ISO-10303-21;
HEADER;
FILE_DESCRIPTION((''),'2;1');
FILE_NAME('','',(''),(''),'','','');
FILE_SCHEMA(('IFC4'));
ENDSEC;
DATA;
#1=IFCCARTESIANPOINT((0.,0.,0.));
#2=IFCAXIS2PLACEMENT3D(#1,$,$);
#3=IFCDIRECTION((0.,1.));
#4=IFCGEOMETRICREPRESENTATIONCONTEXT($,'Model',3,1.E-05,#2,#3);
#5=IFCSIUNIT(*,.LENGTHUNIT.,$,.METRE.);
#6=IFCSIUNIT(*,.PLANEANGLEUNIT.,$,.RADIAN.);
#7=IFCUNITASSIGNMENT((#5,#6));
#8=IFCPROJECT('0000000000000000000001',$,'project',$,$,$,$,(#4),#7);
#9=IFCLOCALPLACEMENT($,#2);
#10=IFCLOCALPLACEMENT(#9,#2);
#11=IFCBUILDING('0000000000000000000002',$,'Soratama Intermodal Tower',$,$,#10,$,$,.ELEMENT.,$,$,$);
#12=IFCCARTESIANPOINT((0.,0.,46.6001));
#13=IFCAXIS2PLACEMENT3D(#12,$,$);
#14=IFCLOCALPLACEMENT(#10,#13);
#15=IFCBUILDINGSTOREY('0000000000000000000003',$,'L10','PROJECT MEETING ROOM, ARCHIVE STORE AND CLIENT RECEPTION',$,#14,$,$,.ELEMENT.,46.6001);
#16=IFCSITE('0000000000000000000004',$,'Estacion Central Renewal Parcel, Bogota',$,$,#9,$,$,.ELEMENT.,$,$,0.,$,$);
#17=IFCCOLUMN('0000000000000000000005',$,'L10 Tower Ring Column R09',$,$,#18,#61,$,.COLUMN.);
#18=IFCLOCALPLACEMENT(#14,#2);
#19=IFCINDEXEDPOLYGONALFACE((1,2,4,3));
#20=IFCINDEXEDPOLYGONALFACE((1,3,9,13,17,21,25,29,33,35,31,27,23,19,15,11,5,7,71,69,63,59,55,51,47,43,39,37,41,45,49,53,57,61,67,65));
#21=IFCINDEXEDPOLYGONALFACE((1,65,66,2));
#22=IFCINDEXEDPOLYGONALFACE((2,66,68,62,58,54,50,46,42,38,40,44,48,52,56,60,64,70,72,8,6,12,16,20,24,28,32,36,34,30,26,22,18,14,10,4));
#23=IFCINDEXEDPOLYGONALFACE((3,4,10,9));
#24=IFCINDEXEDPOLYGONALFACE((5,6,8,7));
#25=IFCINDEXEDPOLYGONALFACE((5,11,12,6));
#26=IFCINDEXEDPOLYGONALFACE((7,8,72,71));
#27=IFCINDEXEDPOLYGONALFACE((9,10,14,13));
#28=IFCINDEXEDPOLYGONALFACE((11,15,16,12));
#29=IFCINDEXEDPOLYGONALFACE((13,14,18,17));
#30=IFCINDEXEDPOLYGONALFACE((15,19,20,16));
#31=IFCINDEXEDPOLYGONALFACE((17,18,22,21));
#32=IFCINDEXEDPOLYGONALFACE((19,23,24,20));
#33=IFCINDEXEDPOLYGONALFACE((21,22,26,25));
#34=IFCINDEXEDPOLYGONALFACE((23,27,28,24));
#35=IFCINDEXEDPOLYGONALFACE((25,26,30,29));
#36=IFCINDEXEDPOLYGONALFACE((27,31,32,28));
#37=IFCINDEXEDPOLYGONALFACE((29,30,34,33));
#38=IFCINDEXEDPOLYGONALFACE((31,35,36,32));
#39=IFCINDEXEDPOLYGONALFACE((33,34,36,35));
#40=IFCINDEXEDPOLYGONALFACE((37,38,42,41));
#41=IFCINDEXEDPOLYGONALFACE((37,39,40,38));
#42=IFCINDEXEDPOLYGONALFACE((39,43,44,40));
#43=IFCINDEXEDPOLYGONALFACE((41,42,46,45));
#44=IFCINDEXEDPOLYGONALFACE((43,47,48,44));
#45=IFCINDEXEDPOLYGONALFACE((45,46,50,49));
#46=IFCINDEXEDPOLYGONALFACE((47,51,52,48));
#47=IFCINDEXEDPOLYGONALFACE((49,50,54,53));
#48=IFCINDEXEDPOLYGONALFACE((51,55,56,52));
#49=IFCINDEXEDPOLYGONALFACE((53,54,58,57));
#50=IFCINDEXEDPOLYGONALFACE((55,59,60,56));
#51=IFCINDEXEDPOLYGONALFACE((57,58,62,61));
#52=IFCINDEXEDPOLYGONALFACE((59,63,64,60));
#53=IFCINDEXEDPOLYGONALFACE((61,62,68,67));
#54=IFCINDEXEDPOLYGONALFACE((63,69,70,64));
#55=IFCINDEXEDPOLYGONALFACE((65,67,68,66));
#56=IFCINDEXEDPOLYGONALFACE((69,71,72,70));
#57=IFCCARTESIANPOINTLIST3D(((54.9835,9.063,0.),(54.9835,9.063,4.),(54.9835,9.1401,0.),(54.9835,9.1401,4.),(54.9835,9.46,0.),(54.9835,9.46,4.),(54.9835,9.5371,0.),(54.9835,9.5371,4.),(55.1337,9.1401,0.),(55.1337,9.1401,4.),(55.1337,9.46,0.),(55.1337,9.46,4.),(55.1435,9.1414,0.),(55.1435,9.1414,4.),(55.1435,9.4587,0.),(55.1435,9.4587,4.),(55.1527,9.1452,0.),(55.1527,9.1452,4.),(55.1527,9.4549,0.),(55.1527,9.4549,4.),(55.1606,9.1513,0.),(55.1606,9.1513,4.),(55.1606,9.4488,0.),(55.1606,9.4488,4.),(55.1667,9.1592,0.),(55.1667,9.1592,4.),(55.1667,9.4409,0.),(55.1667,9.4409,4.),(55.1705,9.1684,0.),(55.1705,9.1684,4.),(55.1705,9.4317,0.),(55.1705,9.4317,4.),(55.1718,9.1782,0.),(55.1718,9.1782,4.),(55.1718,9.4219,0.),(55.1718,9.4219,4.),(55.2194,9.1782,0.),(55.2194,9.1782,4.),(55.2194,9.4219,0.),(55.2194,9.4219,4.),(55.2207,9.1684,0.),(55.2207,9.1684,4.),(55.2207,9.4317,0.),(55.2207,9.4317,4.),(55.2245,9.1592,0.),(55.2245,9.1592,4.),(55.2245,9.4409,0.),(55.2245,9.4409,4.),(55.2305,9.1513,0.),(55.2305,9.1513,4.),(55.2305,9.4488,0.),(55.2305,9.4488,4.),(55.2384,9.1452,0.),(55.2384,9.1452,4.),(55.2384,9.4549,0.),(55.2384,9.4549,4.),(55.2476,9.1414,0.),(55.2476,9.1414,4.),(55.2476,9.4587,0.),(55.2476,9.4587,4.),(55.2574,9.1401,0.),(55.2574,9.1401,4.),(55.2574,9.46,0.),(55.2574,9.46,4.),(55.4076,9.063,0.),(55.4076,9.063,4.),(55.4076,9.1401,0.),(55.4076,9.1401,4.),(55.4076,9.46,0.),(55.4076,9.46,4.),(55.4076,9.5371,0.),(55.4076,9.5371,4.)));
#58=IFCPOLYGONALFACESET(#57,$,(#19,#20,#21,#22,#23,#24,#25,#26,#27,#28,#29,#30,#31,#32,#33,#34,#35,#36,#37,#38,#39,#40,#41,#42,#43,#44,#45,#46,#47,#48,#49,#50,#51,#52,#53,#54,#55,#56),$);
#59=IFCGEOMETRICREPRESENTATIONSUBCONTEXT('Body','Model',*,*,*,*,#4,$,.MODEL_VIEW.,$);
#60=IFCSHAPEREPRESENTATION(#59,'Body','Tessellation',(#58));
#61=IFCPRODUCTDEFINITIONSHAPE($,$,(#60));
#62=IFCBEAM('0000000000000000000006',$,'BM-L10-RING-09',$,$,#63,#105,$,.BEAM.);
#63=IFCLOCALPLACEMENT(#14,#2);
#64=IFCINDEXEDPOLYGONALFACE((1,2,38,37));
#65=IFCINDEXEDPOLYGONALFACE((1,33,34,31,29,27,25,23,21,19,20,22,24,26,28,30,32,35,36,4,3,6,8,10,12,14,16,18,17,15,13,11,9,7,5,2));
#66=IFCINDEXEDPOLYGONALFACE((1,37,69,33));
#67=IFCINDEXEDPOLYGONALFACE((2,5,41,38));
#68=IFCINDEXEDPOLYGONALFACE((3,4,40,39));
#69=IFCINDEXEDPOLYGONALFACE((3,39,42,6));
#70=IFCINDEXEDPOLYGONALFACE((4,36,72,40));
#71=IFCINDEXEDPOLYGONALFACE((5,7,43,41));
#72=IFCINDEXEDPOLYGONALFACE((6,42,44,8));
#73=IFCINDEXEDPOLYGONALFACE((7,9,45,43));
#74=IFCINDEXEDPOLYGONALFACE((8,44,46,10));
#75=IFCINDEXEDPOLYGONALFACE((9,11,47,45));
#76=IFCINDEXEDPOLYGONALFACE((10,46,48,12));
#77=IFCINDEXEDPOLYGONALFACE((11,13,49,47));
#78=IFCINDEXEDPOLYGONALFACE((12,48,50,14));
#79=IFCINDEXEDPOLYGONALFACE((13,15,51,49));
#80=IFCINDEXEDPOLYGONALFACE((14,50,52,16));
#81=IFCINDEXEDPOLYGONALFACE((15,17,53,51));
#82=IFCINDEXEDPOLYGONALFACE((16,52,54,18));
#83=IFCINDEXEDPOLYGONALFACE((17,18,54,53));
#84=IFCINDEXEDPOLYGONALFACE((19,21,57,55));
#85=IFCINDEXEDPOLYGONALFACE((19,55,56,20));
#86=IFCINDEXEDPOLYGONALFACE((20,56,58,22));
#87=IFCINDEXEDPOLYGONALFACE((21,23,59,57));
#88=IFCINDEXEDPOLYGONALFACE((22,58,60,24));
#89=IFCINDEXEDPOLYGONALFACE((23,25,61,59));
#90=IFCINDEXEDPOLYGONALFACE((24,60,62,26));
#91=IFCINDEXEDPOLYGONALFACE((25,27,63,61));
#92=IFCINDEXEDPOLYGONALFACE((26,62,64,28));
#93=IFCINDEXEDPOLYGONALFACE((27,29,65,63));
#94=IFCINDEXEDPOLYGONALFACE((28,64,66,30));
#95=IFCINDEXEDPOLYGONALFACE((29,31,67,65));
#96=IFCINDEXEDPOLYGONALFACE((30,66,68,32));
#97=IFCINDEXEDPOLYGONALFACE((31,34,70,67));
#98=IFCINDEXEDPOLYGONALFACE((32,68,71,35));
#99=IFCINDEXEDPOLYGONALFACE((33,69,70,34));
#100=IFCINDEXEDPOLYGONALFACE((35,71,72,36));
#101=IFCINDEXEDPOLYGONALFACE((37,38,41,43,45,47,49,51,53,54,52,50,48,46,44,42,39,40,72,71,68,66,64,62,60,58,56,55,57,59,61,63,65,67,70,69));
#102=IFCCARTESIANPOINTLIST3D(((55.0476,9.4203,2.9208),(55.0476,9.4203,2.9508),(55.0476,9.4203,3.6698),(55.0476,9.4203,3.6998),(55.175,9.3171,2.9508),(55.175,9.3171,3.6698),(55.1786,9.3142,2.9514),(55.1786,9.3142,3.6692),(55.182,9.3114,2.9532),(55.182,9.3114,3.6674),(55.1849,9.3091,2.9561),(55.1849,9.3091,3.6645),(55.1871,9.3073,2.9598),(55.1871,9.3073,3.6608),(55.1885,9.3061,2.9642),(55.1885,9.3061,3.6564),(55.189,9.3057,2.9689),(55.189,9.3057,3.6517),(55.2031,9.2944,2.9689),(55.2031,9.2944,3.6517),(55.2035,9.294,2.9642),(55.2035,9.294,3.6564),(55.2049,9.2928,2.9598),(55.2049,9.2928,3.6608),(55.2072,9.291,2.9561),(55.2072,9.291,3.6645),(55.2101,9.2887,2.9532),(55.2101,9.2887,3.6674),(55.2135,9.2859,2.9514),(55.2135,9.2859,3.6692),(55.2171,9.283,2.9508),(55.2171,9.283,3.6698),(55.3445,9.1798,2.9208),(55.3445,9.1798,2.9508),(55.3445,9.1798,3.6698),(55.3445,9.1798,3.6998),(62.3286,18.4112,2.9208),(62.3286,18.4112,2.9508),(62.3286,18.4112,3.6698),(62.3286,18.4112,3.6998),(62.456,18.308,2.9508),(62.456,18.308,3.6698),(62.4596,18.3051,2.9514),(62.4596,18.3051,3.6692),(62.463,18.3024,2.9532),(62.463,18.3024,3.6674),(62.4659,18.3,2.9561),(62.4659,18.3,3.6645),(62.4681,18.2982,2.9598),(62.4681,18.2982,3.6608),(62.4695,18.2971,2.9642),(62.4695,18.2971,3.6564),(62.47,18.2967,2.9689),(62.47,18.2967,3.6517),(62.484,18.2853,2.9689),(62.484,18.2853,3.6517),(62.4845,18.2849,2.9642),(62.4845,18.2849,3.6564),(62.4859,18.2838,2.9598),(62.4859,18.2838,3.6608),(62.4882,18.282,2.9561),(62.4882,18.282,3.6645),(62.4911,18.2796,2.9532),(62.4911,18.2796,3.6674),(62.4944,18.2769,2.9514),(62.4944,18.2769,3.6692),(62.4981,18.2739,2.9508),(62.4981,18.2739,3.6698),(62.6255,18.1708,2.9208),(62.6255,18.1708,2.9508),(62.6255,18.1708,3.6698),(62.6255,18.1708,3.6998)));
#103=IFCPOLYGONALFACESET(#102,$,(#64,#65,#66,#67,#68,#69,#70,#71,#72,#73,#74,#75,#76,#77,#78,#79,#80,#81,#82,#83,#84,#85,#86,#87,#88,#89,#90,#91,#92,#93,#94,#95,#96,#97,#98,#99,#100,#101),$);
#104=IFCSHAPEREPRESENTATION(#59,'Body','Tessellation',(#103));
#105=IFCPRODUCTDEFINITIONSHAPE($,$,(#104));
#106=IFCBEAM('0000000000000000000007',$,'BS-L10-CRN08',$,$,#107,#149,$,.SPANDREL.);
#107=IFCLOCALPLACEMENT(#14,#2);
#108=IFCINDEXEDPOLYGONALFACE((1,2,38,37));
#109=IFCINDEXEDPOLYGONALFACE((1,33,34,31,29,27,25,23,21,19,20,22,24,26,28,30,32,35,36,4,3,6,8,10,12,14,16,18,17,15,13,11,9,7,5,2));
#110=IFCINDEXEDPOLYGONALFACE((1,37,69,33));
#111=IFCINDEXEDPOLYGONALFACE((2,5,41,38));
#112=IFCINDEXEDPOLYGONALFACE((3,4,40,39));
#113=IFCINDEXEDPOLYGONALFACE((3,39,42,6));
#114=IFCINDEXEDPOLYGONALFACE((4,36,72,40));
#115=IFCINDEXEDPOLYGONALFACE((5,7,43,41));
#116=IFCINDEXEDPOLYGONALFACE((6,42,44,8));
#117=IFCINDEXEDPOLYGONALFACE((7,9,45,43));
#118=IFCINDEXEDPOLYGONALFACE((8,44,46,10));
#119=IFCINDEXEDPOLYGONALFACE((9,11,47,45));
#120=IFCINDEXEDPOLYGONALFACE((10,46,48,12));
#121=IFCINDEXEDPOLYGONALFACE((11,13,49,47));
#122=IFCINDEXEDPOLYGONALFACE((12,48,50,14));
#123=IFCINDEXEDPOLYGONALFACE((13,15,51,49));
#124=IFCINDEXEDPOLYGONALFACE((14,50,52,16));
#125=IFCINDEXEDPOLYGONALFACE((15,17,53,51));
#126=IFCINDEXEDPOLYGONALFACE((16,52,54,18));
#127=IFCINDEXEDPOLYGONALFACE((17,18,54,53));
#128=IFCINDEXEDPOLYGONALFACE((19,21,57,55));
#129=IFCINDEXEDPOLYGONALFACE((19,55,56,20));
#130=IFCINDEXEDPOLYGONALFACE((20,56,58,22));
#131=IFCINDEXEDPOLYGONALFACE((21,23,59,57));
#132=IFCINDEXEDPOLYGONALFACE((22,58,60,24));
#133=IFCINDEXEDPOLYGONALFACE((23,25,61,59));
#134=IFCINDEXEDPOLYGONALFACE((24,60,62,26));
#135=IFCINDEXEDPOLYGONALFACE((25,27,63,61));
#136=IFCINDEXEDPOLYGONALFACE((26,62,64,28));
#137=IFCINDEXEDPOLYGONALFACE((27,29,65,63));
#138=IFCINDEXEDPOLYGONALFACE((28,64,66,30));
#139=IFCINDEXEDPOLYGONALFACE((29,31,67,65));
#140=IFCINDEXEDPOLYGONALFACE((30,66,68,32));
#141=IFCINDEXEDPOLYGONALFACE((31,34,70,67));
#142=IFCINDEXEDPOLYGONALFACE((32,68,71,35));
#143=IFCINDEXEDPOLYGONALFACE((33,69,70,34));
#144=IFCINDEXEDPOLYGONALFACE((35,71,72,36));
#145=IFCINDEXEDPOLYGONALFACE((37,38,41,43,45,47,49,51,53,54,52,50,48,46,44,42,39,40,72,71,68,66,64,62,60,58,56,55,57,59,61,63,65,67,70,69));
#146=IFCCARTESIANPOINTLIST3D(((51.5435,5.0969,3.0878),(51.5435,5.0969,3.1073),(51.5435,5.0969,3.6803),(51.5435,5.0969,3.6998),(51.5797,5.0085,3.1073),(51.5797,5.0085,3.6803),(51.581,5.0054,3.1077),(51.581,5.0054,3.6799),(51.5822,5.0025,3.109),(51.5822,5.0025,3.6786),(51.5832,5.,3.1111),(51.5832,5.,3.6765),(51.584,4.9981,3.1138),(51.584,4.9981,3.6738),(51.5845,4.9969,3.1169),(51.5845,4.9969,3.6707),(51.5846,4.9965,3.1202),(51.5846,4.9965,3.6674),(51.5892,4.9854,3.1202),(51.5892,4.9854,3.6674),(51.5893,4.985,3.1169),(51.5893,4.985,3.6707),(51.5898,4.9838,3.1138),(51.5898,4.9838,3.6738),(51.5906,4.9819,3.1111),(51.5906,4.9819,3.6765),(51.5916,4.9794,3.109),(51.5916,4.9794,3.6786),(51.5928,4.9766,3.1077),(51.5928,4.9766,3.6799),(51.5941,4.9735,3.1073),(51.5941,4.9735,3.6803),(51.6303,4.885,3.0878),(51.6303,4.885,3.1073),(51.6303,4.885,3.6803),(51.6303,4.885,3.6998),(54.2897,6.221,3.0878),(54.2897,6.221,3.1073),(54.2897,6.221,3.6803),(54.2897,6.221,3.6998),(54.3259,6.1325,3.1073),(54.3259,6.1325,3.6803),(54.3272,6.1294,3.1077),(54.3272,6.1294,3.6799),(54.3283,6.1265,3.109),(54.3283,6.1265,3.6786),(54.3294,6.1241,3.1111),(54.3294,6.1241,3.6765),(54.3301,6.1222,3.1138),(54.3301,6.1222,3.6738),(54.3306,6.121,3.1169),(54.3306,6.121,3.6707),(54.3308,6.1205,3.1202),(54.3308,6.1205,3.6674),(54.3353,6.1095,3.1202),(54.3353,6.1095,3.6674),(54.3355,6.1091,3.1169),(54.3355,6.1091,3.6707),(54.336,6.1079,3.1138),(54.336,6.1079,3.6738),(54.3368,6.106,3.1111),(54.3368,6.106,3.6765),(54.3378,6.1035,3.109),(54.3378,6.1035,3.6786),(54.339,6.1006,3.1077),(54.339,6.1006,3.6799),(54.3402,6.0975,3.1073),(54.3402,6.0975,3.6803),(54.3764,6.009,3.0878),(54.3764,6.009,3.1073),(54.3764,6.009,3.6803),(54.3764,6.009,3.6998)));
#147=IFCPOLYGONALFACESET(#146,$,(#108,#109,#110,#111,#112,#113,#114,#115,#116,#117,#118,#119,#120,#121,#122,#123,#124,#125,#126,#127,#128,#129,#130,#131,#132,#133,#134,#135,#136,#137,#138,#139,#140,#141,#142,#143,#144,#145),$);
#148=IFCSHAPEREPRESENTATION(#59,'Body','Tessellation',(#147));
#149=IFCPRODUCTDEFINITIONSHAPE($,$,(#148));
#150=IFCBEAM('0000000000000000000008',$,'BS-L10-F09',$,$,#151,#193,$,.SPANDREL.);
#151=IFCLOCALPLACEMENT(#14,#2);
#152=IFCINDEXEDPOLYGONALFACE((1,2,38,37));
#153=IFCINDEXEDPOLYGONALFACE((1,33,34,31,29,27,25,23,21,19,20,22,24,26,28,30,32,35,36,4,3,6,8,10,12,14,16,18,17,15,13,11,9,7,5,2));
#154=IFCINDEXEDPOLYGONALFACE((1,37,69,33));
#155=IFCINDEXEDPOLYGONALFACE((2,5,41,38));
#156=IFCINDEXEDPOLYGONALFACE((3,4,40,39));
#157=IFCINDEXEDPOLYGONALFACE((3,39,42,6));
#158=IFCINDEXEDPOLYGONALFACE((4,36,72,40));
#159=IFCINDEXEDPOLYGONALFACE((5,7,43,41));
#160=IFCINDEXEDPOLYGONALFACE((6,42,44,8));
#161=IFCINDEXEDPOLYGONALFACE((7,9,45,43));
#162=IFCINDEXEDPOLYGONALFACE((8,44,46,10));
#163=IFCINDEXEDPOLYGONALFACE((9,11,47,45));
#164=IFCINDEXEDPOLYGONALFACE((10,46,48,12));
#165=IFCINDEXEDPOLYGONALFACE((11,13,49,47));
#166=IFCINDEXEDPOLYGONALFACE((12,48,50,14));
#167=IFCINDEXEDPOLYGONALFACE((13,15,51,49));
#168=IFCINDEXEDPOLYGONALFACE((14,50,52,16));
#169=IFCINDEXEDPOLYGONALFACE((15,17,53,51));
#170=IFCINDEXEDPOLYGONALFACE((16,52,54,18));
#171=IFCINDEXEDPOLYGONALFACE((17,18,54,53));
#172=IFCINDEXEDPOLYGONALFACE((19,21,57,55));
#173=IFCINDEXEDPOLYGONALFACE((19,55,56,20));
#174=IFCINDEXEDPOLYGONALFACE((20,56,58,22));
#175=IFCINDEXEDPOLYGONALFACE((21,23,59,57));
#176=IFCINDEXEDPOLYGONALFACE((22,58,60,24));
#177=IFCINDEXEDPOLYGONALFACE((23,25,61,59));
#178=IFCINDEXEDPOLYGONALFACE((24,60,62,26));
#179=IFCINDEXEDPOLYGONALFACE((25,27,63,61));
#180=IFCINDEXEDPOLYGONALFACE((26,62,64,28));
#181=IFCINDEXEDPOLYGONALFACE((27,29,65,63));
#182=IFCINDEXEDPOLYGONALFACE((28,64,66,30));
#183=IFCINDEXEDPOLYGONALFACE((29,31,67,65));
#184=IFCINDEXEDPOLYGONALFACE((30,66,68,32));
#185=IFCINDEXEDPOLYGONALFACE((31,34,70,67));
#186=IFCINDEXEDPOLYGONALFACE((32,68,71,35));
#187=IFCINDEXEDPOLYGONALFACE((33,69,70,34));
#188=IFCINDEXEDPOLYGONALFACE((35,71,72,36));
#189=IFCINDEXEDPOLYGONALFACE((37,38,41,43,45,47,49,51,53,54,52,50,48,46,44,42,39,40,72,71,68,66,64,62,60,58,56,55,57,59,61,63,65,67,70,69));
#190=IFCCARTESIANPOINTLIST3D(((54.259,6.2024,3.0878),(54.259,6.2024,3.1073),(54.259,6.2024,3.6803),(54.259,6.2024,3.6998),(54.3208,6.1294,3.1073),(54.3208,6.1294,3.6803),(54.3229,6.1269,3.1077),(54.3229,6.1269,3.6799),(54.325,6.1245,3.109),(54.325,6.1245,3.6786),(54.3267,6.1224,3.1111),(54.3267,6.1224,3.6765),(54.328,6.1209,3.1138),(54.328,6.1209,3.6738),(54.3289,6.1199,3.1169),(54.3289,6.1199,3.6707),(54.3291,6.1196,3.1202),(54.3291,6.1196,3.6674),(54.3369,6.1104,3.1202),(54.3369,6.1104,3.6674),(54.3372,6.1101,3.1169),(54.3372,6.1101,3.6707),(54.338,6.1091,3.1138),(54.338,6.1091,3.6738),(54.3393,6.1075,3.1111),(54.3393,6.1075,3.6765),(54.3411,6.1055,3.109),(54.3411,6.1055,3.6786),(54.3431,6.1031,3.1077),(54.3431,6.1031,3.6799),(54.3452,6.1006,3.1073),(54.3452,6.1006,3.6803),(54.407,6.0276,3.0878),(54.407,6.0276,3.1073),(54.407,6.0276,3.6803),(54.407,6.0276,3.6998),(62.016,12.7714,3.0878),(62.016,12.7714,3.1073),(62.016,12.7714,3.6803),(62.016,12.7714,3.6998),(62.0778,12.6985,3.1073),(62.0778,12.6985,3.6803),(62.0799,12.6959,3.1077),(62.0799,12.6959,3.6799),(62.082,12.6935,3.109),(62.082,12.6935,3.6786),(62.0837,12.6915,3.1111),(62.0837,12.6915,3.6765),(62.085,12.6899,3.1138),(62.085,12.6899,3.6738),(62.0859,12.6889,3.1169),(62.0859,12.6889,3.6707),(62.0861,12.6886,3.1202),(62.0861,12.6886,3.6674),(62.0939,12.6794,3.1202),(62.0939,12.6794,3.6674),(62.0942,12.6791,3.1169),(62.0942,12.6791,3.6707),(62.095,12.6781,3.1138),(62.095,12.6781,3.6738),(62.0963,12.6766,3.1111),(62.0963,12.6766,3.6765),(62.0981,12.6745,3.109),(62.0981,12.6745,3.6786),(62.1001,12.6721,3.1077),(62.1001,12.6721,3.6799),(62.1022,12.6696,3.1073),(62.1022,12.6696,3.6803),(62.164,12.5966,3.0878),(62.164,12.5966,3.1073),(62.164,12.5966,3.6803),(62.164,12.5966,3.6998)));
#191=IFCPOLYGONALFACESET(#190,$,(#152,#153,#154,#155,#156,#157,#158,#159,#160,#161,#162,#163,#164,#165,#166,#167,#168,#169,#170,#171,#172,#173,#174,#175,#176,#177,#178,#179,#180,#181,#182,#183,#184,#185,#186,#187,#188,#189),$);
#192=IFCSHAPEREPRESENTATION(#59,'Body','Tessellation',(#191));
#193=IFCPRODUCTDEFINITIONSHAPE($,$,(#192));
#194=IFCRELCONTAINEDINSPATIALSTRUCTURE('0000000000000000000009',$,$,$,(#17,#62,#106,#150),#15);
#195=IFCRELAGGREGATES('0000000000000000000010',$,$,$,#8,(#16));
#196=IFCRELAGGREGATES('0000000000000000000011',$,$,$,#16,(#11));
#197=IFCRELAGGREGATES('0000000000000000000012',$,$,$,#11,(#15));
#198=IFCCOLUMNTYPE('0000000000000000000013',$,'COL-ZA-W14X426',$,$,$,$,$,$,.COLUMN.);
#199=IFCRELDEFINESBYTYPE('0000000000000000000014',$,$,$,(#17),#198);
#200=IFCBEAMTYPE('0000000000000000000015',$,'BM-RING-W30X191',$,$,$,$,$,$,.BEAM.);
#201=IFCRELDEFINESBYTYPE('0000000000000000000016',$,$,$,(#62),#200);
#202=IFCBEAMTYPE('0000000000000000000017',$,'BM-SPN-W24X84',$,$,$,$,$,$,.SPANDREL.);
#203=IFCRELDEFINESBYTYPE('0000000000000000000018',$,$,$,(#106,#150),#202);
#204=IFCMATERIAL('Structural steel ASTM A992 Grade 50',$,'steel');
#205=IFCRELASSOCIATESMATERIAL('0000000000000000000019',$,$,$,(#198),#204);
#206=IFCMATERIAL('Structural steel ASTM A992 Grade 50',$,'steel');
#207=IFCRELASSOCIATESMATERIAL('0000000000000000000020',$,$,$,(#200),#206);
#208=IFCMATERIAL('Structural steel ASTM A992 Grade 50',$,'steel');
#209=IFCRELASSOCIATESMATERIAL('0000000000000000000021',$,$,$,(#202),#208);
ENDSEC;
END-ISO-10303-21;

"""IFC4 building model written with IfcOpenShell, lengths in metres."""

from ifc_helpers import new_model, si_unit, direction, frame, origin, origin_2d, place, context, subcontext, project, spatial, i_section, extrude, material, material_profile, profile_set, type_object, element, save


model = new_model("IFC4")

# Units and contexts
model_context = context("Model", 3, precision=1e-05, world=origin(), true_north=direction((0.0, 1.0)))
body_context = subcontext(model_context, "Body", "Model", "MODEL_VIEW")
ifc_project = project(units=[si_unit("LENGTHUNIT", "METRE"), si_unit("PLANEANGLEUNIT", "RADIAN")], contexts=[model_context])

# Site, building, storey
site_placement = place(None, origin())
site = spatial("IfcSite", under=ifc_project, at=site_placement, Name="Estacion Central Renewal Parcel, Bogota", CompositionType="ELEMENT", RefElevation=0.0)
building_placement = place(site_placement, origin())
building = spatial("IfcBuilding", under=site, at=building_placement, Name="Soratama Intermodal Tower", CompositionType="ELEMENT")
storey_placement = place(building_placement, frame((0.0, 0.0, 46.6001)))
storey = spatial("IfcBuildingStorey", under=building, at=storey_placement, Name="L10", Description="PROJECT MEETING ROOM, ARCHIVE STORE AND CLIENT RECEPTION", CompositionType="ELEMENT", Elevation=46.6001)

# Column
ifc_material_1 = material(Name="Structural steel ASTM A992 Grade 50", Category="steel")
ifc_material_profile_1 = material_profile(ifc_material_1, i_section(OverallWidth=0.4241, OverallDepth=0.4741, WebThickness=0.0476, FlangeThickness=0.0771, FilletRadius=0.0381, at=origin_2d()), Name="W14X426")
ifc_profile_set_1 = profile_set([ifc_material_profile_1], Name="Structural steel ASTM A992 Grade 50")
column_type = type_object("IfcColumnType", Name="COL-ZA-W14X426", PredefinedType="COLUMN", material=ifc_profile_set_1)
column_placement = place(storey_placement, frame((55.1956, 9.3, 0.0), z_axis=(0.0, 0.0, 1.0), x_axis=(1.0, 0.0, 0.0)))
element("IfcColumn", 1, at=column_placement, inside=storey, type_object=column_type, Name="L10 Tower Ring Column R09", PredefinedType="COLUMN", context=body_context, shape_type="SweptSolid", body=[
    extrude(i_section(OverallWidth=0.4241, OverallDepth=0.4741, WebThickness=0.0476, FlangeThickness=0.0771, FilletRadius=0.0381, at=origin_2d()), origin(), (0.0, 0.0, 1.0), 4.0),
])

# Beams
ifc_material_2 = material(Name="Structural steel ASTM A992 Grade 50", Category="steel")
ifc_material_profile_2 = material_profile(ifc_material_2, i_section(OverallWidth=0.3821, OverallDepth=0.7791, WebThickness=0.0181, FlangeThickness=0.03, FilletRadius=0.0181, at=origin_2d()), Name="W30X191")
ifc_profile_set_2 = profile_set([ifc_material_profile_2], Name="Structural steel ASTM A992 Grade 50")
beam_type_1 = type_object("IfcBeamType", Name="BM-RING-W30X191", PredefinedType="BEAM", material=ifc_profile_set_2)
beam_1_placement = place(storey_placement, frame((55.196, 9.3, 3.3103), z_axis=(0.629334, 0.777135, 0.0), x_axis=(-0.777135, 0.629334, 0.0)))
element("IfcBeam", 2, at=beam_1_placement, inside=storey, type_object=beam_type_1, Name="BM-L10-RING-09", PredefinedType="BEAM", context=body_context, shape_type="SweptSolid", body=[
    extrude(i_section(OverallWidth=0.3821, OverallDepth=0.7791, WebThickness=0.0181, FlangeThickness=0.03, FilletRadius=0.0181, at=origin_2d()), origin(), (0.0, 0.0, 1.0), 11.5693),
])
ifc_material_3 = material(Name="Structural steel ASTM A992 Grade 50", Category="steel")
ifc_material_profile_3 = material_profile(ifc_material_3, i_section(OverallWidth=0.229, OverallDepth=0.6121, WebThickness=0.012, FlangeThickness=0.0195, FilletRadius=0.0129, at=origin_2d()), Name="W24X84")
ifc_profile_set_3 = profile_set([ifc_material_profile_3], Name="Structural steel ASTM A992 Grade 50")
beam_type_2 = type_object("IfcBeamType", Name="BM-SPN-W24X84", PredefinedType="SPANDREL", material=ifc_profile_set_3)
beam_2_placement = place(storey_placement, frame((51.5869, 4.991, 3.3938), z_axis=(0.925474, 0.378812, 0.0), x_axis=(-0.378812, 0.925474, 0.0)))
element("IfcBeam", 3, at=beam_2_placement, inside=storey, type_object=beam_type_2, Name="BS-L10-CRN08", PredefinedType="SPANDREL", context=body_context, shape_type="SweptSolid", body=[
    extrude(i_section(OverallWidth=0.229, OverallDepth=0.6121, WebThickness=0.012, FlangeThickness=0.0195, FilletRadius=0.0129, at=origin_2d()), origin(), (0.0, 0.0, 1.0), 2.9673),
])
beam_3_placement = place(storey_placement, frame((54.333, 6.115, 3.3938), z_axis=(0.763124, 0.646252, 0.0), x_axis=(-0.646252, 0.763124, 0.0)))
element("IfcBeam", 4, at=beam_3_placement, inside=storey, type_object=beam_type_2, Name="BS-L10-F09", PredefinedType="SPANDREL", context=body_context, shape_type="SweptSolid", body=[
    extrude(i_section(OverallWidth=0.229, OverallDepth=0.6121, WebThickness=0.012, FlangeThickness=0.0195, FilletRadius=0.0129, at=origin_2d()), origin(), (0.0, 0.0, 1.0), 10.1648),
])

save(model, "model.ifc")
